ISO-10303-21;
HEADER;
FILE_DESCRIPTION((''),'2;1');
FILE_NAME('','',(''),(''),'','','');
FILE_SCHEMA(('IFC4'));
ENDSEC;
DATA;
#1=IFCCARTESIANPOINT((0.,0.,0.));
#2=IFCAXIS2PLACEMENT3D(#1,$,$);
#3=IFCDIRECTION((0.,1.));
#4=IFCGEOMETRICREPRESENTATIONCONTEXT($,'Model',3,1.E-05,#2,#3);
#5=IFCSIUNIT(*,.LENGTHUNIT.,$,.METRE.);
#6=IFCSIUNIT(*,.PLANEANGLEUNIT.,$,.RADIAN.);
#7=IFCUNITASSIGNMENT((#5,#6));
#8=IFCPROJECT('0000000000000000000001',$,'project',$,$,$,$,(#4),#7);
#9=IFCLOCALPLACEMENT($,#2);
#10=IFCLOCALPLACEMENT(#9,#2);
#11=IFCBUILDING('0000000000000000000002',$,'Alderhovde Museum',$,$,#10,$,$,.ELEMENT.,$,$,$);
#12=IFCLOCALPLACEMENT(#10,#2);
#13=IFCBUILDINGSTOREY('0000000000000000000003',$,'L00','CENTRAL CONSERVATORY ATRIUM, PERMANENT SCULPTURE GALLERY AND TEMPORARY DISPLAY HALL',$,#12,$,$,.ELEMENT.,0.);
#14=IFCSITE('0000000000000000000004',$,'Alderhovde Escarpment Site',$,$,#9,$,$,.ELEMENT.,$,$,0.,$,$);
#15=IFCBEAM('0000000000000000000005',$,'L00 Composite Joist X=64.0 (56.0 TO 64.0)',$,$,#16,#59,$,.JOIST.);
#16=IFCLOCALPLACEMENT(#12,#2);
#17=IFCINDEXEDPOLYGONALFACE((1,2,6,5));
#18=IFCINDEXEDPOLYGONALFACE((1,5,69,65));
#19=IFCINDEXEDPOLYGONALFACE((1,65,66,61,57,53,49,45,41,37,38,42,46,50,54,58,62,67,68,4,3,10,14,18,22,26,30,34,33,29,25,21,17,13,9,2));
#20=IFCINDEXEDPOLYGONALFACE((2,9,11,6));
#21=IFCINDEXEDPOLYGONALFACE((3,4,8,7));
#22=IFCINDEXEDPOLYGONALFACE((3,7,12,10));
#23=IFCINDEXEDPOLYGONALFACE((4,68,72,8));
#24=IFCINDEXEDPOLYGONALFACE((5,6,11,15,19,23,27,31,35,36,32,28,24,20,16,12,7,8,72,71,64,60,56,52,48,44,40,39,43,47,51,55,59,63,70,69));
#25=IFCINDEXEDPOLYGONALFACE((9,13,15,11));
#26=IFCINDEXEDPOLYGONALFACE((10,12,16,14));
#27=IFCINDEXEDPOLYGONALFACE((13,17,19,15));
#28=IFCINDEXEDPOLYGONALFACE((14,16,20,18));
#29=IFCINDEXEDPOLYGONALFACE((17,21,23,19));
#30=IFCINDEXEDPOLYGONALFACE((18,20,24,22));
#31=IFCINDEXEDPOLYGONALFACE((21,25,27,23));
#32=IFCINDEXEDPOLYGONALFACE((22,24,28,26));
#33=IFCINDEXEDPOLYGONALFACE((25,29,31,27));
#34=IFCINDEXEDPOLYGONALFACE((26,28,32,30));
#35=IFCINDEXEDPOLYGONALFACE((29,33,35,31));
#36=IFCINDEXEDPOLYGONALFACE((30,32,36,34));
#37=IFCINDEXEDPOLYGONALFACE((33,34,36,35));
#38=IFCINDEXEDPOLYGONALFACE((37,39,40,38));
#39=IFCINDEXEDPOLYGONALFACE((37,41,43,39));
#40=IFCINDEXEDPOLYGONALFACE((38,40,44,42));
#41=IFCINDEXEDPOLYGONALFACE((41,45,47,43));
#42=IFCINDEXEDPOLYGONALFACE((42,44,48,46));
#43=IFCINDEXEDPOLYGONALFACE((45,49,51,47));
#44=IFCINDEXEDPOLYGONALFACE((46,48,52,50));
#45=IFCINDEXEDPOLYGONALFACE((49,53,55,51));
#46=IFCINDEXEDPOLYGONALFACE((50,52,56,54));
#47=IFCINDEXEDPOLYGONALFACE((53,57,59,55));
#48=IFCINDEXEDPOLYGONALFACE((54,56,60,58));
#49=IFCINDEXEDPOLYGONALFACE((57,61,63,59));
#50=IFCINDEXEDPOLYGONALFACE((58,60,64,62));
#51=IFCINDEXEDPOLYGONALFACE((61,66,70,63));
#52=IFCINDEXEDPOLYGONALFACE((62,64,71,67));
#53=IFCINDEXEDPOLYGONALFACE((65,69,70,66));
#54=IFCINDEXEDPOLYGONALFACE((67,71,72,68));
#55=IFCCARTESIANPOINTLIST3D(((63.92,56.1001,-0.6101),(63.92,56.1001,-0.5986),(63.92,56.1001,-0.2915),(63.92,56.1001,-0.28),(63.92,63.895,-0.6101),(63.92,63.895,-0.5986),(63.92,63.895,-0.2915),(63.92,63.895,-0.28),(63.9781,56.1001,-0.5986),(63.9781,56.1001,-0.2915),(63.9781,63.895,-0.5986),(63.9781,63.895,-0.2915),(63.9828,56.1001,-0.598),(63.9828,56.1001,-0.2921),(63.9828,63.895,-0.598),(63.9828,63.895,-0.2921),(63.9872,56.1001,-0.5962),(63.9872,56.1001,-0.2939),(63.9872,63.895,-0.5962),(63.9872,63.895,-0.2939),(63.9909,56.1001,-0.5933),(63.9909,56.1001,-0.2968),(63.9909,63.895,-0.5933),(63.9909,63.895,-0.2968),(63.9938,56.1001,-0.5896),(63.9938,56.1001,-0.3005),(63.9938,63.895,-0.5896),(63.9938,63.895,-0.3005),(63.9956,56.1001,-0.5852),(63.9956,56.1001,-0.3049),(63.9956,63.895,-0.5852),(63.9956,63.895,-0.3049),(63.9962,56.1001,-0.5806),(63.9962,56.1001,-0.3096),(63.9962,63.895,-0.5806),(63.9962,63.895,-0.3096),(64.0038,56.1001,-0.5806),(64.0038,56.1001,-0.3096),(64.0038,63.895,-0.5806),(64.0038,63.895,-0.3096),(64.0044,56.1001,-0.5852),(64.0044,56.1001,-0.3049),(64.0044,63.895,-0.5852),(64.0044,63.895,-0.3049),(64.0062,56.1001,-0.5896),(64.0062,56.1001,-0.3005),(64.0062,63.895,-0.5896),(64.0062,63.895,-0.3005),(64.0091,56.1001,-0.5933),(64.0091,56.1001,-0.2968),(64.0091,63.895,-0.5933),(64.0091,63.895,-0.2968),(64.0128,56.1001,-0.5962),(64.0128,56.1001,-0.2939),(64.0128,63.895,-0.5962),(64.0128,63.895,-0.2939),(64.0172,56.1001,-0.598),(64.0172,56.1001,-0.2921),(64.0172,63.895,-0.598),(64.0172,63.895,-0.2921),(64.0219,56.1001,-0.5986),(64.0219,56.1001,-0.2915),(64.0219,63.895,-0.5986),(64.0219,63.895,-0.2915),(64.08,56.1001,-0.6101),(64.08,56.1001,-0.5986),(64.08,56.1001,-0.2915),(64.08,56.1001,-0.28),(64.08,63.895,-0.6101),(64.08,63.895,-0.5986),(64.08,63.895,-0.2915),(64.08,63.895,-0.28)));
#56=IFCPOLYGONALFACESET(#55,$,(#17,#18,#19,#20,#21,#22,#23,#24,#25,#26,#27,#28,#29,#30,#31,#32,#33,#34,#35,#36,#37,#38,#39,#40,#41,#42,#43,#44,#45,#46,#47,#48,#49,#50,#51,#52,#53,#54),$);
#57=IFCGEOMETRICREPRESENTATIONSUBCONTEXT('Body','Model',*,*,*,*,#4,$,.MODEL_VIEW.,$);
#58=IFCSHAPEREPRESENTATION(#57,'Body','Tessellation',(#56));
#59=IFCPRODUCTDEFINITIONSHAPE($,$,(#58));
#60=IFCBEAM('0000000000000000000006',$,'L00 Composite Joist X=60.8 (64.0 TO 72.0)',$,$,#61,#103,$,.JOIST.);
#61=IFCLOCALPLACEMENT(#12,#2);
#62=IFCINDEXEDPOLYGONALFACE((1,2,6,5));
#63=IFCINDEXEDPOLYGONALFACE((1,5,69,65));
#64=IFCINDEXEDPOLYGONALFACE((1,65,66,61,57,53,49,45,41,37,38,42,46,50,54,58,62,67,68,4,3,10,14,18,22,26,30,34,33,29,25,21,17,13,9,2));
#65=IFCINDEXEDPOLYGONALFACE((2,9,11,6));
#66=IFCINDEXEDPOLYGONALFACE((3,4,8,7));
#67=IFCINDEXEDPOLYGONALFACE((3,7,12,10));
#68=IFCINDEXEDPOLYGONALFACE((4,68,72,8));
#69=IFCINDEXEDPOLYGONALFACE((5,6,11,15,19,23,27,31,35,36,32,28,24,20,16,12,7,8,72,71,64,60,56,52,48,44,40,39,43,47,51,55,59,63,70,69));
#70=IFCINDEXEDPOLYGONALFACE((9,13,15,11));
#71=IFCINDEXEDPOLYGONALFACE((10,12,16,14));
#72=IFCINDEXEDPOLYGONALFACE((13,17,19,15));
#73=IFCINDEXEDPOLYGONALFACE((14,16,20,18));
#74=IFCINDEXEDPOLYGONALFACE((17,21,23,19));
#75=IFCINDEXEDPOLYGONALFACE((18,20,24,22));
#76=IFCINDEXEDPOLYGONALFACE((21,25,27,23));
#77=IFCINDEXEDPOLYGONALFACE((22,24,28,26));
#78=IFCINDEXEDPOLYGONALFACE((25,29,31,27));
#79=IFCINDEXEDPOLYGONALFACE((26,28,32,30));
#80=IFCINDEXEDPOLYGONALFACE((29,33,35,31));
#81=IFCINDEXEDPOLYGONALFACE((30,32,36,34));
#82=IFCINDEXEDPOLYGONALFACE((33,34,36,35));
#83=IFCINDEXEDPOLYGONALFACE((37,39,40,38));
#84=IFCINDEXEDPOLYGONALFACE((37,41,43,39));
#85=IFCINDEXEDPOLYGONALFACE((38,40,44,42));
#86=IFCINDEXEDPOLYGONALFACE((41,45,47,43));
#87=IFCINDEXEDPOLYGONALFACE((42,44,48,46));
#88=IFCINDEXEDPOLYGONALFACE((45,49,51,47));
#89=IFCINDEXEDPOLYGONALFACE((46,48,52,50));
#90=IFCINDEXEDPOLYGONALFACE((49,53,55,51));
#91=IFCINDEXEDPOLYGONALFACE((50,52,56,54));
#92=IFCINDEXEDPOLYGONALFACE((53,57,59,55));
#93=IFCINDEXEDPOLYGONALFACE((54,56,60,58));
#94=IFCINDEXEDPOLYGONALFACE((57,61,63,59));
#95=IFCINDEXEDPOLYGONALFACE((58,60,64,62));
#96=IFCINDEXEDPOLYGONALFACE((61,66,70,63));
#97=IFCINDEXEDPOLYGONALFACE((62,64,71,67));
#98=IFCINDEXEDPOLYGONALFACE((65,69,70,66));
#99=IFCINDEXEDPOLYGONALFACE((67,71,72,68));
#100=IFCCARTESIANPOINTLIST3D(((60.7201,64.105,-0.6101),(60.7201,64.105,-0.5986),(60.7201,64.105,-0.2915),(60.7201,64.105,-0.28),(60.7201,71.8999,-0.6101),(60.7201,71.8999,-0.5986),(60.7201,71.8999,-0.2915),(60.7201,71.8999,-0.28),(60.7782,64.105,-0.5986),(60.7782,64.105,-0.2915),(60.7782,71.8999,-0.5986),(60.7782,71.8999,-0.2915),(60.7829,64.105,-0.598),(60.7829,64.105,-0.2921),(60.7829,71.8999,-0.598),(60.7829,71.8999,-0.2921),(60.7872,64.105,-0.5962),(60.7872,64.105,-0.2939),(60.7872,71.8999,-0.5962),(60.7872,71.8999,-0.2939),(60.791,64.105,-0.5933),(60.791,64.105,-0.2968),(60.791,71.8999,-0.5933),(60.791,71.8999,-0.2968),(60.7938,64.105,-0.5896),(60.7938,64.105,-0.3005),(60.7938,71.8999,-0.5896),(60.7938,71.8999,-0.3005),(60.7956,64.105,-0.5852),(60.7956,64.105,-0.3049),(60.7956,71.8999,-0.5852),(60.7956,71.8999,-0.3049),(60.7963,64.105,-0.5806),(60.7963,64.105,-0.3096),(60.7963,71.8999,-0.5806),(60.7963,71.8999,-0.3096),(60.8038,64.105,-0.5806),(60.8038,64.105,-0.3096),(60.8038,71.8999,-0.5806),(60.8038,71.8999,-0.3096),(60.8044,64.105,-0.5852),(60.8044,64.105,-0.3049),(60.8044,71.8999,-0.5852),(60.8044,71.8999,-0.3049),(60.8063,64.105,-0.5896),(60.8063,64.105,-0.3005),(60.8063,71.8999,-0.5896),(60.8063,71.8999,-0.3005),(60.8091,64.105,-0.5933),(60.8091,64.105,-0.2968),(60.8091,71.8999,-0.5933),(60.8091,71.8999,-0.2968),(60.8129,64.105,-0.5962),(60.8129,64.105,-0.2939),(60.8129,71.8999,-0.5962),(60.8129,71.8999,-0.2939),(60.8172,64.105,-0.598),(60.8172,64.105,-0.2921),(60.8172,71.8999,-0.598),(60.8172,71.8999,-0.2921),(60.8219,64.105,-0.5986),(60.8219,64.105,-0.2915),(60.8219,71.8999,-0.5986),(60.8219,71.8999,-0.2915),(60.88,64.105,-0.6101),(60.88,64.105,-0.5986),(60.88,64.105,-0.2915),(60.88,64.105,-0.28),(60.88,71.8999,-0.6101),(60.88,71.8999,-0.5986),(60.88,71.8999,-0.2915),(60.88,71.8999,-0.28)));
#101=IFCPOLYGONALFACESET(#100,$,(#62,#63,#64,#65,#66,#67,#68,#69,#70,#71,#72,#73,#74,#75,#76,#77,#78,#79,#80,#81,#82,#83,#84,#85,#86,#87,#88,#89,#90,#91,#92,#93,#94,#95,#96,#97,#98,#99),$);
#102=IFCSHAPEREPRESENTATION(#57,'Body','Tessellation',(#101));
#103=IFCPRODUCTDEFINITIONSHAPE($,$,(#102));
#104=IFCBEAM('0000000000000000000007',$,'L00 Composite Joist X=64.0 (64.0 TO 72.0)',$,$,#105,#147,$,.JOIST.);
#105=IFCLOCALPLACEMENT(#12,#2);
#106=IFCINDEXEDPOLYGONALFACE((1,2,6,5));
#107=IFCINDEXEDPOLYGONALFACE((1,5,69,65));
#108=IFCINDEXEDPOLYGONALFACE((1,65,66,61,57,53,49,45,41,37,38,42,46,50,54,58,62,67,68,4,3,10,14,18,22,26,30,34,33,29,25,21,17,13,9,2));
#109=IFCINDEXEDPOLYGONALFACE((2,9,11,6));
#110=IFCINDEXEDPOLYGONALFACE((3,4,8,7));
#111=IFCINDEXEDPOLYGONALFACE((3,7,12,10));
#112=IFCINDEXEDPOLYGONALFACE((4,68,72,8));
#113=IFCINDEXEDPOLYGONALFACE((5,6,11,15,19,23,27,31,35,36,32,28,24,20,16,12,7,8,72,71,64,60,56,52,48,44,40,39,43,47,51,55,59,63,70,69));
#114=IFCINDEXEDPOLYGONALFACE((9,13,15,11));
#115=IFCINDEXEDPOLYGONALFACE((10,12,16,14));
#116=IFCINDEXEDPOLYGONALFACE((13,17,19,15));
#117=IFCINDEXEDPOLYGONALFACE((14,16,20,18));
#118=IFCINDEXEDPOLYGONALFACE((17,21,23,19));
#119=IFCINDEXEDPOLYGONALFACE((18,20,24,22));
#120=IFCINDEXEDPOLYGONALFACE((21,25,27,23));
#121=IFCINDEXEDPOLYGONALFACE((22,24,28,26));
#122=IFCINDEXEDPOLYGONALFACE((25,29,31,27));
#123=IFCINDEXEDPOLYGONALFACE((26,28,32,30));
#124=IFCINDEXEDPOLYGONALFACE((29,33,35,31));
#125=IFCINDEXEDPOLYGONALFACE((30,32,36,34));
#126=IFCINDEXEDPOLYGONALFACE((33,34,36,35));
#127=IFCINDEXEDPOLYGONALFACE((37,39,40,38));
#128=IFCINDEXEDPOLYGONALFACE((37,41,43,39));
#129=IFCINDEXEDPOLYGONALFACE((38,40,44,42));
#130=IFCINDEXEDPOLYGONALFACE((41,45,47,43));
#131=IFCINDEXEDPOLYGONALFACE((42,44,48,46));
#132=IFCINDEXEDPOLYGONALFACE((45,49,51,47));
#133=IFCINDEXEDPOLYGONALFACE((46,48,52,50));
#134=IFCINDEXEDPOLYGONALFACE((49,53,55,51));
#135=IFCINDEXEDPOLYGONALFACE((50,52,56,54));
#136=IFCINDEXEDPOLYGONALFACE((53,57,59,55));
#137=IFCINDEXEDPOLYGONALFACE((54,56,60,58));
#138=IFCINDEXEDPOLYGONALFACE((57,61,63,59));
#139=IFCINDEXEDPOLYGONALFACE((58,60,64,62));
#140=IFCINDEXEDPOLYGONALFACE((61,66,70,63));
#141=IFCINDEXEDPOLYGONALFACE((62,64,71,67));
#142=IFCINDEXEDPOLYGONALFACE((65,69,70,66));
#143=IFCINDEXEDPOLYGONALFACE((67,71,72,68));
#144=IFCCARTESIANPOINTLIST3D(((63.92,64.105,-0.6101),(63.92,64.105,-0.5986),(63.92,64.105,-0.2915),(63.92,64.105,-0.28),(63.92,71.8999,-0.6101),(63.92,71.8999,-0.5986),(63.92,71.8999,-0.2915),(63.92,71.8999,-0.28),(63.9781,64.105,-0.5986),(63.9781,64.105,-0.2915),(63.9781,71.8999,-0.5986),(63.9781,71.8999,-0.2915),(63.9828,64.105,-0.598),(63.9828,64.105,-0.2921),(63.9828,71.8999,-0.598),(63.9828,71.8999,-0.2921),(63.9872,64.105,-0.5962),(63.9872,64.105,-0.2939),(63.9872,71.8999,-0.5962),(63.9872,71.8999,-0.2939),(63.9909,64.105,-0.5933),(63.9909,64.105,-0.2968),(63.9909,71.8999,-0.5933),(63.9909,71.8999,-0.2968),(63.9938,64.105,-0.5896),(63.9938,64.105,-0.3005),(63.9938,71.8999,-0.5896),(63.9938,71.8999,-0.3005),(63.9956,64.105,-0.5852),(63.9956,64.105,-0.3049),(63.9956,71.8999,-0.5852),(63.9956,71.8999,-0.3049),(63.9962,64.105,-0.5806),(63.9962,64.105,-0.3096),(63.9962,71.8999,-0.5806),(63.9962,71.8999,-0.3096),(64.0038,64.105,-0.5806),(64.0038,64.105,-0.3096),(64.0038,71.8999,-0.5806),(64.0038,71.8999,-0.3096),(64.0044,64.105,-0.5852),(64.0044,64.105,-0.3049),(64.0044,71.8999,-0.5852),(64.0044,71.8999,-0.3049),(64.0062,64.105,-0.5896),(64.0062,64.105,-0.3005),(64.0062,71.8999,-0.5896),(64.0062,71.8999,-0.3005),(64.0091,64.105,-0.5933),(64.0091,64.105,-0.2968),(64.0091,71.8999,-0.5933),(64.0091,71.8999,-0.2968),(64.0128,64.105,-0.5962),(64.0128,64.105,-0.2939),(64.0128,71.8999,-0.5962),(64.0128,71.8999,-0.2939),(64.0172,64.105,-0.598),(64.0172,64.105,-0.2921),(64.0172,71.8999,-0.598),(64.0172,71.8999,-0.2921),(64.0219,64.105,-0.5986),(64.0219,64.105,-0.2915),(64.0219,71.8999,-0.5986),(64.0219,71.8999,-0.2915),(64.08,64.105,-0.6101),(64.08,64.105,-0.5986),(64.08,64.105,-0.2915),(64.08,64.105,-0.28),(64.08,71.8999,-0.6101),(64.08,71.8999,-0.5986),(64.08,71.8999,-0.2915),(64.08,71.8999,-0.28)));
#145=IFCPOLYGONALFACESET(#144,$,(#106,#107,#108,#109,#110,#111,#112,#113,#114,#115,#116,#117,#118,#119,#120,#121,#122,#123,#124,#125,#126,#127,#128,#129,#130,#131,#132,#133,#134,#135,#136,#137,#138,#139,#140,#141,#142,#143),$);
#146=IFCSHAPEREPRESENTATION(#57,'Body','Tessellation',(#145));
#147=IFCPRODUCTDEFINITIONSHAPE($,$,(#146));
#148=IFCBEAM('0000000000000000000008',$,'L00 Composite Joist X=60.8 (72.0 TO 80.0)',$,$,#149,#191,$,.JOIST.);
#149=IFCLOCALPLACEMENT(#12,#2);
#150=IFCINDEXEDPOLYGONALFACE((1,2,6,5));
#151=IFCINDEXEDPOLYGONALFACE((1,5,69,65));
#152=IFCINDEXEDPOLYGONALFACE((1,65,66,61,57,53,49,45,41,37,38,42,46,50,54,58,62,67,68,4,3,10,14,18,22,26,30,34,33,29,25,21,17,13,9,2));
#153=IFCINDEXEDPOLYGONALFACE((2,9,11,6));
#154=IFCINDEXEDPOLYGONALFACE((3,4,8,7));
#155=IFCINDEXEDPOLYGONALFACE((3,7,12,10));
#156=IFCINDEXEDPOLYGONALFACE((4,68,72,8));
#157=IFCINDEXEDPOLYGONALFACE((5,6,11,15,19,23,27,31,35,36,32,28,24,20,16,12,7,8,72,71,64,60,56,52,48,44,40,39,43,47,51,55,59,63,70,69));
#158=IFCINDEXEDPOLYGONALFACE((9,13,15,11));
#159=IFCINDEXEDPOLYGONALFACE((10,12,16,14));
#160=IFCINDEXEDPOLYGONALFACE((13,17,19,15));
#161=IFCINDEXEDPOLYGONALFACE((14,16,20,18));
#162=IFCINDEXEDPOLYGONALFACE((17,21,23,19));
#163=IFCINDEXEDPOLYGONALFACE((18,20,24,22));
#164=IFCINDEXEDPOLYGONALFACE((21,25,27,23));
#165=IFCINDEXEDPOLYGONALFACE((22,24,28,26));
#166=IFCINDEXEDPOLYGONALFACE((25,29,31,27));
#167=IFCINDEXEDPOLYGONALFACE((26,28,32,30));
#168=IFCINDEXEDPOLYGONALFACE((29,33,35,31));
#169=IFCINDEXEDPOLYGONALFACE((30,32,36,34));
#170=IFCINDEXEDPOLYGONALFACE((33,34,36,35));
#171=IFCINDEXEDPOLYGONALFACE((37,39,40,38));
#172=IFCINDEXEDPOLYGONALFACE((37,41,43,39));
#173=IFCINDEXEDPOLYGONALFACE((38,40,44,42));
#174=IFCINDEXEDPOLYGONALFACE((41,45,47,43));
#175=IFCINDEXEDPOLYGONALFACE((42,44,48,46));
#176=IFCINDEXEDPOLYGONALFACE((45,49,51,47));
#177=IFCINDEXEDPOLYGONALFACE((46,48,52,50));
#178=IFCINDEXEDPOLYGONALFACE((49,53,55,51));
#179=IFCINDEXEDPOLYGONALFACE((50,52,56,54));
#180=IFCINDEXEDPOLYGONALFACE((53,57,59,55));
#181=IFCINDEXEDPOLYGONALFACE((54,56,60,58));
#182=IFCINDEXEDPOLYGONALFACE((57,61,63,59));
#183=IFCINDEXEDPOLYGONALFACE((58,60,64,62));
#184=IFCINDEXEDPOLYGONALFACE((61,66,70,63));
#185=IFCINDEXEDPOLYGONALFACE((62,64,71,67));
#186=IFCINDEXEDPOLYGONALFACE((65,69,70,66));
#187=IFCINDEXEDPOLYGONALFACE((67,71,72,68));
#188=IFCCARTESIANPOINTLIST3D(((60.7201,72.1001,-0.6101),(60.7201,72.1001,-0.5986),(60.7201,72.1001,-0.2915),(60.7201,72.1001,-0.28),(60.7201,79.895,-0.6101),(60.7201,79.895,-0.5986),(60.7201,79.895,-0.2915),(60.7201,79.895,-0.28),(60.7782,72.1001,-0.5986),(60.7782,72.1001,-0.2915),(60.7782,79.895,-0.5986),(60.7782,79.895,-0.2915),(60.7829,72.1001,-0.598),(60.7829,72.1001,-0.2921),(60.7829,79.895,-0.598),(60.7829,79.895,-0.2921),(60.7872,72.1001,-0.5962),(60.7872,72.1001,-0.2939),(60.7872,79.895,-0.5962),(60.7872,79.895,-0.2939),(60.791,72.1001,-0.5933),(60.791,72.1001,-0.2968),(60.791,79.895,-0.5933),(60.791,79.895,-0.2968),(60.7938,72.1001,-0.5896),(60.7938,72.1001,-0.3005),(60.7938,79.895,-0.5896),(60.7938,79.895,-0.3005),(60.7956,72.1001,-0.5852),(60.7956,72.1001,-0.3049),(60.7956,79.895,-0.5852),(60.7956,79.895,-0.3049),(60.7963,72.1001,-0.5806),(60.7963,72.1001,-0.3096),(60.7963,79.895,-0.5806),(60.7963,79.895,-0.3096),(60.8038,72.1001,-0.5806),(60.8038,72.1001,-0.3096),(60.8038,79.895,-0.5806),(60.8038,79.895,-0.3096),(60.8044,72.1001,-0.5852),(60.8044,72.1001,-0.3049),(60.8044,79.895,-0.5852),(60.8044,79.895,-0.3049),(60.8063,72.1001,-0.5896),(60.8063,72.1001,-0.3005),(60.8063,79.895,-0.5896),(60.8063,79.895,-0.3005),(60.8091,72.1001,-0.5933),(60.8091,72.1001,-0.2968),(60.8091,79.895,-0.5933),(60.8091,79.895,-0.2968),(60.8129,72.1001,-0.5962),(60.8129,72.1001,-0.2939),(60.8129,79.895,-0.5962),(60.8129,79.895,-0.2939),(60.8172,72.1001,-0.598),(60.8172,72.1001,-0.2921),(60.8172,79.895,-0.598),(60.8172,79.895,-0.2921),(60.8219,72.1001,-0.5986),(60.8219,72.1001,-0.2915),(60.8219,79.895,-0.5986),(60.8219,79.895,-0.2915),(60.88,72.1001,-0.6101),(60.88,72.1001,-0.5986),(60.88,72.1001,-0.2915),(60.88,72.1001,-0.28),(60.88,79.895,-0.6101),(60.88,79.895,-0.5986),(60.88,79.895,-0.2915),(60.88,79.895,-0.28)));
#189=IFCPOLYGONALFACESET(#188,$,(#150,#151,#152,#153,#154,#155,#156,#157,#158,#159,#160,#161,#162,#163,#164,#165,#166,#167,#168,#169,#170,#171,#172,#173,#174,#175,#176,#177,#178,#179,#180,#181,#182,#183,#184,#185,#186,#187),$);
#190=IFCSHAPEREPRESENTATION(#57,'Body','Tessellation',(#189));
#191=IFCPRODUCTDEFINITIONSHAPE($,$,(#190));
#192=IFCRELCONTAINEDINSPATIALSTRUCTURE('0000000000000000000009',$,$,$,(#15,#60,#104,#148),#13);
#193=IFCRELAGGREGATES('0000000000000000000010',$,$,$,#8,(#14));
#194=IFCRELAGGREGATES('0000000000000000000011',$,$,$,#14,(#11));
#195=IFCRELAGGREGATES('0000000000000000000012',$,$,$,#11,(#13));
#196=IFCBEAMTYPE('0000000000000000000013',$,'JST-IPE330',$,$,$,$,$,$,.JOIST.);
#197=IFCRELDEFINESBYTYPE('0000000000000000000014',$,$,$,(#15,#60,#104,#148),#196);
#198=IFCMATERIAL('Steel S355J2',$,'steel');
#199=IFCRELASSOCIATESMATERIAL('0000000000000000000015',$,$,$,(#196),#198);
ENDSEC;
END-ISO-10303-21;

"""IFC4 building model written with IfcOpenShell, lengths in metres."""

from ifc_helpers import new_model, si_unit, direction, frame, origin, origin_2d, place, context, subcontext, project, spatial, i_section, extrude, material, material_profile, profile_set, type_object, element, save


model = new_model("IFC4")

# Units and contexts
model_context = context("Model", 3, precision=1e-05, world=origin(), true_north=direction((0.0, 1.0)))
body_context = subcontext(model_context, "Body", "Model", "MODEL_VIEW")
ifc_project = project(units=[si_unit("LENGTHUNIT", "METRE"), si_unit("PLANEANGLEUNIT", "RADIAN")], contexts=[model_context])

# Site, building, storey
site_placement = place(None, origin())
site = spatial("IfcSite", under=ifc_project, at=site_placement, Name="Alderhovde Escarpment Site", CompositionType="ELEMENT", RefElevation=0.0)
building_placement = place(site_placement, origin())
building = spatial("IfcBuilding", under=site, at=building_placement, Name="Alderhovde Museum", CompositionType="ELEMENT")
storey_placement = place(building_placement, origin())
storey = spatial("IfcBuildingStorey", under=building, at=storey_placement, Name="L00", Description="CENTRAL CONSERVATORY ATRIUM, PERMANENT SCULPTURE GALLERY AND TEMPORARY DISPLAY HALL", CompositionType="ELEMENT", Elevation=0.0)

# Beams
ifc_material_1 = material(Name="Steel S355J2", Category="steel")
ifc_material_profile_1 = material_profile(ifc_material_1, i_section(OverallWidth=0.1599, OverallDepth=0.3301, WebThickness=0.0076, FlangeThickness=0.0115, FilletRadius=0.0181, at=origin_2d()), Name="IPE 330")
ifc_profile_set_1 = profile_set([ifc_material_profile_1], Name="Steel S355J2")
beam_type_1 = type_object("IfcBeamType", Name="JST-IPE330", PredefinedType="JOIST", material=ifc_profile_set_1)
for number, where, z_axis, x_axis, name in (
    (1, (64.0, 56.1001, -0.4451), (0.0, 1.0, 0.0), (-1.0, 0.0, 0.0), "L00 Composite Joist X=64.0 (56.0 TO 64.0)"),
    (2, (60.8, 64.105, -0.4451), (0.0, 1.0, 0.0), (-1.0, 0.0, 0.0), "L00 Composite Joist X=60.8 (64.0 TO 72.0)"),
    (3, (64.0, 64.105, -0.4451), (0.0, 1.0, 0.0), (-1.0, 0.0, 0.0), "L00 Composite Joist X=64.0 (64.0 TO 72.0)"),
    (4, (60.8, 72.1001, -0.4451), (0.0, 1.0, 0.0), (-1.0, 0.0, 0.0), "L00 Composite Joist X=60.8 (72.0 TO 80.0)"),
):
    element("IfcBeam", number, at=place(storey_placement, frame(where, z_axis=z_axis, x_axis=x_axis)), inside=storey, type_object=beam_type_1, Name=name, PredefinedType="JOIST", context=body_context, shape_type="SweptSolid", body=[
        extrude(i_section(OverallWidth=0.1599, OverallDepth=0.3301, WebThickness=0.0076, FlangeThickness=0.0115, FilletRadius=0.0181, at=origin_2d()), origin(), (0.0, 0.0, 1.0), 7.7949),
    ])

save(model, "model.ifc")
